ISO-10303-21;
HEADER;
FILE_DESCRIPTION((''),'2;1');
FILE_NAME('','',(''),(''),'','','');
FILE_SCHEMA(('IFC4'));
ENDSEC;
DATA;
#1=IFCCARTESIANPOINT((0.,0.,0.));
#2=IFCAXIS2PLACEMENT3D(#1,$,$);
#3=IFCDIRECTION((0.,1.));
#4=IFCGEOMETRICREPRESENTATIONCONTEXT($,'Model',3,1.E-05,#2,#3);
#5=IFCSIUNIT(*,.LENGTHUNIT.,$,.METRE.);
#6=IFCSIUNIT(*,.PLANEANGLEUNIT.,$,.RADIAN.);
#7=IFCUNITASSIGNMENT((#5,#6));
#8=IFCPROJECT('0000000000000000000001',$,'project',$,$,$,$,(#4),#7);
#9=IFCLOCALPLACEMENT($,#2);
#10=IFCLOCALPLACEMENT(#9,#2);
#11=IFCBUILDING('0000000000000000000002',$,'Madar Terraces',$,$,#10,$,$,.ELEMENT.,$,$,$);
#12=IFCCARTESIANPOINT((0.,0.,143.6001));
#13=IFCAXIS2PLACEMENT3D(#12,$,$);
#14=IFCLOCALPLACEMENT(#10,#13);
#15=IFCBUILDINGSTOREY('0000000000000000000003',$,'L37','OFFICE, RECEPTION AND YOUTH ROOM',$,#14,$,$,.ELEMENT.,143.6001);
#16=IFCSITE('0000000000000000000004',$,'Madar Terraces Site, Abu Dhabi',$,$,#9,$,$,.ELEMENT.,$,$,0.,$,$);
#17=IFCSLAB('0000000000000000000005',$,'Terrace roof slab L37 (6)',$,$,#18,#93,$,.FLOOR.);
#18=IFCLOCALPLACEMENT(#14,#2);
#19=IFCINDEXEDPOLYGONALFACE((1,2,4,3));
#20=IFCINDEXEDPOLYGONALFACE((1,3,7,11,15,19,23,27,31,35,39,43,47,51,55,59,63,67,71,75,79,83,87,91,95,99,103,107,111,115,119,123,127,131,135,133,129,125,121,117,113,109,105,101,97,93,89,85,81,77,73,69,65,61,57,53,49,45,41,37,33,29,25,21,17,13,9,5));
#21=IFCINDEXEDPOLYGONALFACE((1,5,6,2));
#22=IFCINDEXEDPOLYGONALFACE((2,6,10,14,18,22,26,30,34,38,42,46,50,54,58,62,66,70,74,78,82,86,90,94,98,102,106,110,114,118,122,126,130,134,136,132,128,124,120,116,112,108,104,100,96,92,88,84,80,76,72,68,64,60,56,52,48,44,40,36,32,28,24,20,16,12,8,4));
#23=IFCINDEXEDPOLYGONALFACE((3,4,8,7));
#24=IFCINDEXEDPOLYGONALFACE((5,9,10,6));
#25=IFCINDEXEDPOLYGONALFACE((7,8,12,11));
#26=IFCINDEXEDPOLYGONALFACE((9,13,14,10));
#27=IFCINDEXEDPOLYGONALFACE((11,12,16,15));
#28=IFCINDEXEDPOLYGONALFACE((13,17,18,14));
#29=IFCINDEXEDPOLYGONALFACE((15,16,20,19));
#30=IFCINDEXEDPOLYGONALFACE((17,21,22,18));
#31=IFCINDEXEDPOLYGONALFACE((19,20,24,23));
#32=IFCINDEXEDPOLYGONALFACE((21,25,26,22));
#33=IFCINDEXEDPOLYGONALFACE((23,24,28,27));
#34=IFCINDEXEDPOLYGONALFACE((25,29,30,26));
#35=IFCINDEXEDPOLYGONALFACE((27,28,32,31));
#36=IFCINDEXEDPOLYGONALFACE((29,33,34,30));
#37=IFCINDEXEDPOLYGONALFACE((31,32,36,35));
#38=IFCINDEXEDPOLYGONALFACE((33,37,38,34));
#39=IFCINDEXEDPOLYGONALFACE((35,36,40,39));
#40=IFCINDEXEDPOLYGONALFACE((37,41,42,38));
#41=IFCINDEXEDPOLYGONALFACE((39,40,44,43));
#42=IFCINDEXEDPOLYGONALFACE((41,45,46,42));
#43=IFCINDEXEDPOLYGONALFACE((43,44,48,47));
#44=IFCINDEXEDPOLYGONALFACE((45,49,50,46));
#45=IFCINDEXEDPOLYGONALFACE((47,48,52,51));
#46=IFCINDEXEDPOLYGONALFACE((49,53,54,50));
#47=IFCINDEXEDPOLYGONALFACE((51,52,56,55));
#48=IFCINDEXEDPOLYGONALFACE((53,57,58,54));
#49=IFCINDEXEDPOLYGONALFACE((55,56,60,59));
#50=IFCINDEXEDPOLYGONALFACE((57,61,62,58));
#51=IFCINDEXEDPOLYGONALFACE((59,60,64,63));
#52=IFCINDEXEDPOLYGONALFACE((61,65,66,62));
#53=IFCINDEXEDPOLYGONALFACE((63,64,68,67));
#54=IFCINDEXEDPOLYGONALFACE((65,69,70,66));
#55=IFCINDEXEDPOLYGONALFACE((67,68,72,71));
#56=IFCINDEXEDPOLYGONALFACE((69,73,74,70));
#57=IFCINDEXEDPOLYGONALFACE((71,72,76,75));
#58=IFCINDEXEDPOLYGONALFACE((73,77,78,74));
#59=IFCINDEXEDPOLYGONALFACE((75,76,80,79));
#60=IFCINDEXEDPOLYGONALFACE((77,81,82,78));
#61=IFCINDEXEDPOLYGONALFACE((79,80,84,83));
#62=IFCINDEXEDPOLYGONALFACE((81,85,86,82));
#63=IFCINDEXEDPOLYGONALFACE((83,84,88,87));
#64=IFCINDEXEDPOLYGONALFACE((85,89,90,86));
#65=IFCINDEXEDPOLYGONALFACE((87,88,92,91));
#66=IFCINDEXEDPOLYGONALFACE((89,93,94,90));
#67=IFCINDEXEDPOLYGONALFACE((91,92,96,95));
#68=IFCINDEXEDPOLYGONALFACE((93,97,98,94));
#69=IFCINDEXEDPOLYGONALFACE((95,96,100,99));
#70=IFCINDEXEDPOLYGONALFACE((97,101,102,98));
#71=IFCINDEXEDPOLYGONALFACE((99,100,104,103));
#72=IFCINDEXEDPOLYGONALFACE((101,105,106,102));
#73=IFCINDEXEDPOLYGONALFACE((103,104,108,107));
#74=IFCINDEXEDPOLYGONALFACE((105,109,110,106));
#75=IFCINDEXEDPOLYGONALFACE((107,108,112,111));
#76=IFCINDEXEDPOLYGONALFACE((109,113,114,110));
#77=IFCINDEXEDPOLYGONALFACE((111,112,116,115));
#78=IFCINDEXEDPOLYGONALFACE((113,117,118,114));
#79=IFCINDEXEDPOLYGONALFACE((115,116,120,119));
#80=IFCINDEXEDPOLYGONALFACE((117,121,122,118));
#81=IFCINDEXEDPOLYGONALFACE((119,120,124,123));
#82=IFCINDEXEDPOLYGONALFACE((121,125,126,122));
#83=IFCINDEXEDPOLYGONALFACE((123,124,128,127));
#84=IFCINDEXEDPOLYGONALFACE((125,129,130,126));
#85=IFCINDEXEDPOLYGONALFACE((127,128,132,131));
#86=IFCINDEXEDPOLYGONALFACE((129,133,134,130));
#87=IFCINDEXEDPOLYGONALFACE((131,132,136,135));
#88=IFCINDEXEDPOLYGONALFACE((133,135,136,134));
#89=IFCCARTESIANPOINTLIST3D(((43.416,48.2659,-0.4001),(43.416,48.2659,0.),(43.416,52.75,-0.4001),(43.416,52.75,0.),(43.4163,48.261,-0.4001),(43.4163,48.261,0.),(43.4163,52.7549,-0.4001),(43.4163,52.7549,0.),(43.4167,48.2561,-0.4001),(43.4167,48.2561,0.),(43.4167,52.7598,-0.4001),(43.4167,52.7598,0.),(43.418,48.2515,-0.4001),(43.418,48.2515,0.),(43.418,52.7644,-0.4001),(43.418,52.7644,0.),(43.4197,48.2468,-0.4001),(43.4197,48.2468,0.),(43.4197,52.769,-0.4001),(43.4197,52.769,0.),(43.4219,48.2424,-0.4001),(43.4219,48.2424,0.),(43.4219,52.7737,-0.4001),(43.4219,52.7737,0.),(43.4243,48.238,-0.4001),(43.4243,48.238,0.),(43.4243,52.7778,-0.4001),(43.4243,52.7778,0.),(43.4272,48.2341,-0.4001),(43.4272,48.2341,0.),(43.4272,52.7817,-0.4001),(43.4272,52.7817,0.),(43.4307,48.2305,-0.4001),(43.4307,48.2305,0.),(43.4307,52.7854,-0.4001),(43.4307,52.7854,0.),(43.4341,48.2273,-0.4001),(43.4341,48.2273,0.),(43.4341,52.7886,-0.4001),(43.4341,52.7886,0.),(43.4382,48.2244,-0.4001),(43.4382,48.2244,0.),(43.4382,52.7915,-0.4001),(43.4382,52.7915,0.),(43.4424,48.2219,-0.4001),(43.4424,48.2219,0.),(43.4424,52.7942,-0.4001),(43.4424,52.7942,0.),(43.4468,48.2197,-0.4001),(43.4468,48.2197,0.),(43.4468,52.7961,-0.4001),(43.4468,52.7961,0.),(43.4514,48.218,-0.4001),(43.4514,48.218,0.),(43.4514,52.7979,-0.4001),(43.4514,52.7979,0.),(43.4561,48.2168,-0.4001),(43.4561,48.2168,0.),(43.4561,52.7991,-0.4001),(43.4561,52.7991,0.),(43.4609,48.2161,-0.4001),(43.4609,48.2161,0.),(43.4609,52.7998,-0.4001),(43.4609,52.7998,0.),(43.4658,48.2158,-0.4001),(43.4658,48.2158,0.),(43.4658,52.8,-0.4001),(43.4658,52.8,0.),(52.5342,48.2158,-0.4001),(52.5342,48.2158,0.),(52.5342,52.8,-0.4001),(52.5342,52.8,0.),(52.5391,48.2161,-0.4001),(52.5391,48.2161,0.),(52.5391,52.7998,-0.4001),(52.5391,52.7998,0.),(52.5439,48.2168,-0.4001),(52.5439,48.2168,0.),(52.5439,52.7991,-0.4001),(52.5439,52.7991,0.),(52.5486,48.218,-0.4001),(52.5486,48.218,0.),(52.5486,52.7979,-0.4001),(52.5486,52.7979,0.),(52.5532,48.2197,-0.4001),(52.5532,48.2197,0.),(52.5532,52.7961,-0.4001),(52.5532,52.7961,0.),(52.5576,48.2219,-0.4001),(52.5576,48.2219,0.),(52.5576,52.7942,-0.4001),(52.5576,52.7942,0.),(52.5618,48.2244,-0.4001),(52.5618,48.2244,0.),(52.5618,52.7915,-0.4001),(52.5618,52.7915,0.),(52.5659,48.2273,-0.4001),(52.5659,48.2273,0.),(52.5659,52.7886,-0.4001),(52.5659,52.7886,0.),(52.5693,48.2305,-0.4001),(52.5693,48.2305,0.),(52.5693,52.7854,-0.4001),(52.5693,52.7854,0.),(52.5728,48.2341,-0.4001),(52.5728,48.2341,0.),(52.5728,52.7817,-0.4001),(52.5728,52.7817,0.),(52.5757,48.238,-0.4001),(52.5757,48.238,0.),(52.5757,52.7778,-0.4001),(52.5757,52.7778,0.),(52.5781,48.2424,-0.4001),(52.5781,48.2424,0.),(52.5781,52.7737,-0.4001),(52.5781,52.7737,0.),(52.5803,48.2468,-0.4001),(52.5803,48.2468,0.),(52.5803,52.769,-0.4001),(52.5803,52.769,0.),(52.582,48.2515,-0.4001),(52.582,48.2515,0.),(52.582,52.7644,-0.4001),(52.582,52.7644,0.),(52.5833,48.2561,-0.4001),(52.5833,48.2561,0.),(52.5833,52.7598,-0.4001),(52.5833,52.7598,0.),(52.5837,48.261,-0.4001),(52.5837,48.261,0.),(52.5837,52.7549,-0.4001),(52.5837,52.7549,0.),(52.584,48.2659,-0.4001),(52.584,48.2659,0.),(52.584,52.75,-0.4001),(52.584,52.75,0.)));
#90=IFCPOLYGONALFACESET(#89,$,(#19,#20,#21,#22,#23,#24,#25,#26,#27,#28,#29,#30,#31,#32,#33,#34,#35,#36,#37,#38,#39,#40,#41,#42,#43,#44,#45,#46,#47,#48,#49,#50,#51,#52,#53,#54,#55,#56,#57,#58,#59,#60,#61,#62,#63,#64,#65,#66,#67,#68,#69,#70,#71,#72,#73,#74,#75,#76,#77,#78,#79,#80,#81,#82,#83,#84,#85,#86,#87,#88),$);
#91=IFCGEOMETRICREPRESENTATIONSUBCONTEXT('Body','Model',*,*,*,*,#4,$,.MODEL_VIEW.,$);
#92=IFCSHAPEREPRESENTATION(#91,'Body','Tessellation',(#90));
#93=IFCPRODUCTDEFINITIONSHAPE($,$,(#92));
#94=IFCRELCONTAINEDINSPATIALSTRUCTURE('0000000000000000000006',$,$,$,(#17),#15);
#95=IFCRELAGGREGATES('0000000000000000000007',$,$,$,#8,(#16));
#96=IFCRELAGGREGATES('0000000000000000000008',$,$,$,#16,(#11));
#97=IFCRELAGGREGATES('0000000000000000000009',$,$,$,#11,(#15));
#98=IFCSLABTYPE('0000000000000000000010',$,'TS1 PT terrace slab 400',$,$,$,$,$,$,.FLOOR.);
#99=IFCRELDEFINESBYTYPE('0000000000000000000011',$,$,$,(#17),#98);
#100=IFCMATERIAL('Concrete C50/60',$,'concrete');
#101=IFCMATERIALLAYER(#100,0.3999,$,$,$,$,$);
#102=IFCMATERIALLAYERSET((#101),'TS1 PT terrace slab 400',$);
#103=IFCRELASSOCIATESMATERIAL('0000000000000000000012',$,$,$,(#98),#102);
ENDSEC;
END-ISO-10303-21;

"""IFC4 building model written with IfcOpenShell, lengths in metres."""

from ifc_helpers import new_model, si_unit, direction, frame, origin, place, context, subcontext, project, spatial, polyline, outline, extrude, material, layer, layer_set, type_object, element, save


model = new_model("IFC4")

# Units and contexts
model_context = context("Model", 3, precision=1e-05, world=origin(), true_north=direction((0.0, 1.0)))
body_context = subcontext(model_context, "Body", "Model", "MODEL_VIEW")
ifc_project = project(units=[si_unit("LENGTHUNIT", "METRE"), si_unit("PLANEANGLEUNIT", "RADIAN")], contexts=[model_context])

# Site, building, storey
site_placement = place(None, origin())
site = spatial("IfcSite", under=ifc_project, at=site_placement, Name="Madar Terraces Site, Abu Dhabi", CompositionType="ELEMENT", RefElevation=0.0)
building_placement = place(site_placement, origin())
building = spatial("IfcBuilding", under=site, at=building_placement, Name="Madar Terraces", CompositionType="ELEMENT")
storey_placement = place(building_placement, frame((0.0, 0.0, 143.6001)))
storey = spatial("IfcBuildingStorey", under=building, at=storey_placement, Name="L37", Description="OFFICE, RECEPTION AND YOUTH ROOM", CompositionType="ELEMENT", Elevation=143.6001)

# Slab
ifc_material_1 = material(Name="Concrete C50/60", Category="concrete")
ifc_layer_1 = layer(ifc_material_1, 0.3999)
ifc_layer_set_1 = layer_set([ifc_layer_1], Name="TS1 PT terrace slab 400")
slab_type_1 = type_object("IfcSlabType", Name="TS1 PT terrace slab 400", PredefinedType="FLOOR", material=ifc_layer_set_1)
slab_1_placement = place(storey_placement, frame((0.0, 0.0, -0.4001)))
element("IfcSlab", 1, at=slab_1_placement, inside=storey, type_object=slab_type_1, Name="Terrace roof slab L37 (6)", PredefinedType="FLOOR", context=body_context, shape_type="SweptSolid", body=[
    extrude(outline(polyline([(52.5439, 52.7991), (52.5391, 52.7998), (52.5342, 52.8), (43.4658, 52.8), (43.4609, 52.7998), (43.4561, 52.7991), (43.4514, 52.7979), (43.4468, 52.7961), (43.4424, 52.7942), (43.4382, 52.7915), (43.4341, 52.7886), (43.4307, 52.7854), (43.4272, 52.7817), (43.4243, 52.7778), (43.4219, 52.7737), (43.4197, 52.769), (43.418, 52.7644), (43.4167, 52.7598), (43.4163, 52.7549), (43.416, 52.75), (43.416, 48.2659), (43.4163, 48.261), (43.4167, 48.2561), (43.418, 48.2515), (43.4197, 48.2468), (43.4219, 48.2424), (43.4243, 48.238), (43.4272, 48.2341), (43.4307, 48.2305), (43.4341, 48.2273), (43.4382, 48.2244), (43.4424, 48.2219), (43.4468, 48.2197), (43.4514, 48.218), (43.4561, 48.2168), (43.4609, 48.2161), (43.4658, 48.2158), (52.5342, 48.2158), (52.5391, 48.2161), (52.5439, 48.2168), (52.5486, 48.218), (52.5532, 48.2197), (52.5576, 48.2219), (52.5618, 48.2244), (52.5659, 48.2273), (52.5693, 48.2305), (52.5728, 48.2341), (52.5757, 48.238), (52.5781, 48.2424), (52.5803, 48.2468), (52.582, 48.2515), (52.5833, 48.2561), (52.5837, 48.261), (52.584, 48.2659), (52.584, 52.75), (52.5837, 52.7549), (52.5833, 52.7598), (52.582, 52.7644), (52.5803, 52.769), (52.5781, 52.7737), (52.5757, 52.7778), (52.5728, 52.7817), (52.5693, 52.7854), (52.5659, 52.7886), (52.5618, 52.7915), (52.5576, 52.7942), (52.5532, 52.7961), (52.5486, 52.7979), (52.5439, 52.7991)])), origin(), (0.0, 0.0, 1.0), 0.4001),
])

save(model, "model.ifc")
